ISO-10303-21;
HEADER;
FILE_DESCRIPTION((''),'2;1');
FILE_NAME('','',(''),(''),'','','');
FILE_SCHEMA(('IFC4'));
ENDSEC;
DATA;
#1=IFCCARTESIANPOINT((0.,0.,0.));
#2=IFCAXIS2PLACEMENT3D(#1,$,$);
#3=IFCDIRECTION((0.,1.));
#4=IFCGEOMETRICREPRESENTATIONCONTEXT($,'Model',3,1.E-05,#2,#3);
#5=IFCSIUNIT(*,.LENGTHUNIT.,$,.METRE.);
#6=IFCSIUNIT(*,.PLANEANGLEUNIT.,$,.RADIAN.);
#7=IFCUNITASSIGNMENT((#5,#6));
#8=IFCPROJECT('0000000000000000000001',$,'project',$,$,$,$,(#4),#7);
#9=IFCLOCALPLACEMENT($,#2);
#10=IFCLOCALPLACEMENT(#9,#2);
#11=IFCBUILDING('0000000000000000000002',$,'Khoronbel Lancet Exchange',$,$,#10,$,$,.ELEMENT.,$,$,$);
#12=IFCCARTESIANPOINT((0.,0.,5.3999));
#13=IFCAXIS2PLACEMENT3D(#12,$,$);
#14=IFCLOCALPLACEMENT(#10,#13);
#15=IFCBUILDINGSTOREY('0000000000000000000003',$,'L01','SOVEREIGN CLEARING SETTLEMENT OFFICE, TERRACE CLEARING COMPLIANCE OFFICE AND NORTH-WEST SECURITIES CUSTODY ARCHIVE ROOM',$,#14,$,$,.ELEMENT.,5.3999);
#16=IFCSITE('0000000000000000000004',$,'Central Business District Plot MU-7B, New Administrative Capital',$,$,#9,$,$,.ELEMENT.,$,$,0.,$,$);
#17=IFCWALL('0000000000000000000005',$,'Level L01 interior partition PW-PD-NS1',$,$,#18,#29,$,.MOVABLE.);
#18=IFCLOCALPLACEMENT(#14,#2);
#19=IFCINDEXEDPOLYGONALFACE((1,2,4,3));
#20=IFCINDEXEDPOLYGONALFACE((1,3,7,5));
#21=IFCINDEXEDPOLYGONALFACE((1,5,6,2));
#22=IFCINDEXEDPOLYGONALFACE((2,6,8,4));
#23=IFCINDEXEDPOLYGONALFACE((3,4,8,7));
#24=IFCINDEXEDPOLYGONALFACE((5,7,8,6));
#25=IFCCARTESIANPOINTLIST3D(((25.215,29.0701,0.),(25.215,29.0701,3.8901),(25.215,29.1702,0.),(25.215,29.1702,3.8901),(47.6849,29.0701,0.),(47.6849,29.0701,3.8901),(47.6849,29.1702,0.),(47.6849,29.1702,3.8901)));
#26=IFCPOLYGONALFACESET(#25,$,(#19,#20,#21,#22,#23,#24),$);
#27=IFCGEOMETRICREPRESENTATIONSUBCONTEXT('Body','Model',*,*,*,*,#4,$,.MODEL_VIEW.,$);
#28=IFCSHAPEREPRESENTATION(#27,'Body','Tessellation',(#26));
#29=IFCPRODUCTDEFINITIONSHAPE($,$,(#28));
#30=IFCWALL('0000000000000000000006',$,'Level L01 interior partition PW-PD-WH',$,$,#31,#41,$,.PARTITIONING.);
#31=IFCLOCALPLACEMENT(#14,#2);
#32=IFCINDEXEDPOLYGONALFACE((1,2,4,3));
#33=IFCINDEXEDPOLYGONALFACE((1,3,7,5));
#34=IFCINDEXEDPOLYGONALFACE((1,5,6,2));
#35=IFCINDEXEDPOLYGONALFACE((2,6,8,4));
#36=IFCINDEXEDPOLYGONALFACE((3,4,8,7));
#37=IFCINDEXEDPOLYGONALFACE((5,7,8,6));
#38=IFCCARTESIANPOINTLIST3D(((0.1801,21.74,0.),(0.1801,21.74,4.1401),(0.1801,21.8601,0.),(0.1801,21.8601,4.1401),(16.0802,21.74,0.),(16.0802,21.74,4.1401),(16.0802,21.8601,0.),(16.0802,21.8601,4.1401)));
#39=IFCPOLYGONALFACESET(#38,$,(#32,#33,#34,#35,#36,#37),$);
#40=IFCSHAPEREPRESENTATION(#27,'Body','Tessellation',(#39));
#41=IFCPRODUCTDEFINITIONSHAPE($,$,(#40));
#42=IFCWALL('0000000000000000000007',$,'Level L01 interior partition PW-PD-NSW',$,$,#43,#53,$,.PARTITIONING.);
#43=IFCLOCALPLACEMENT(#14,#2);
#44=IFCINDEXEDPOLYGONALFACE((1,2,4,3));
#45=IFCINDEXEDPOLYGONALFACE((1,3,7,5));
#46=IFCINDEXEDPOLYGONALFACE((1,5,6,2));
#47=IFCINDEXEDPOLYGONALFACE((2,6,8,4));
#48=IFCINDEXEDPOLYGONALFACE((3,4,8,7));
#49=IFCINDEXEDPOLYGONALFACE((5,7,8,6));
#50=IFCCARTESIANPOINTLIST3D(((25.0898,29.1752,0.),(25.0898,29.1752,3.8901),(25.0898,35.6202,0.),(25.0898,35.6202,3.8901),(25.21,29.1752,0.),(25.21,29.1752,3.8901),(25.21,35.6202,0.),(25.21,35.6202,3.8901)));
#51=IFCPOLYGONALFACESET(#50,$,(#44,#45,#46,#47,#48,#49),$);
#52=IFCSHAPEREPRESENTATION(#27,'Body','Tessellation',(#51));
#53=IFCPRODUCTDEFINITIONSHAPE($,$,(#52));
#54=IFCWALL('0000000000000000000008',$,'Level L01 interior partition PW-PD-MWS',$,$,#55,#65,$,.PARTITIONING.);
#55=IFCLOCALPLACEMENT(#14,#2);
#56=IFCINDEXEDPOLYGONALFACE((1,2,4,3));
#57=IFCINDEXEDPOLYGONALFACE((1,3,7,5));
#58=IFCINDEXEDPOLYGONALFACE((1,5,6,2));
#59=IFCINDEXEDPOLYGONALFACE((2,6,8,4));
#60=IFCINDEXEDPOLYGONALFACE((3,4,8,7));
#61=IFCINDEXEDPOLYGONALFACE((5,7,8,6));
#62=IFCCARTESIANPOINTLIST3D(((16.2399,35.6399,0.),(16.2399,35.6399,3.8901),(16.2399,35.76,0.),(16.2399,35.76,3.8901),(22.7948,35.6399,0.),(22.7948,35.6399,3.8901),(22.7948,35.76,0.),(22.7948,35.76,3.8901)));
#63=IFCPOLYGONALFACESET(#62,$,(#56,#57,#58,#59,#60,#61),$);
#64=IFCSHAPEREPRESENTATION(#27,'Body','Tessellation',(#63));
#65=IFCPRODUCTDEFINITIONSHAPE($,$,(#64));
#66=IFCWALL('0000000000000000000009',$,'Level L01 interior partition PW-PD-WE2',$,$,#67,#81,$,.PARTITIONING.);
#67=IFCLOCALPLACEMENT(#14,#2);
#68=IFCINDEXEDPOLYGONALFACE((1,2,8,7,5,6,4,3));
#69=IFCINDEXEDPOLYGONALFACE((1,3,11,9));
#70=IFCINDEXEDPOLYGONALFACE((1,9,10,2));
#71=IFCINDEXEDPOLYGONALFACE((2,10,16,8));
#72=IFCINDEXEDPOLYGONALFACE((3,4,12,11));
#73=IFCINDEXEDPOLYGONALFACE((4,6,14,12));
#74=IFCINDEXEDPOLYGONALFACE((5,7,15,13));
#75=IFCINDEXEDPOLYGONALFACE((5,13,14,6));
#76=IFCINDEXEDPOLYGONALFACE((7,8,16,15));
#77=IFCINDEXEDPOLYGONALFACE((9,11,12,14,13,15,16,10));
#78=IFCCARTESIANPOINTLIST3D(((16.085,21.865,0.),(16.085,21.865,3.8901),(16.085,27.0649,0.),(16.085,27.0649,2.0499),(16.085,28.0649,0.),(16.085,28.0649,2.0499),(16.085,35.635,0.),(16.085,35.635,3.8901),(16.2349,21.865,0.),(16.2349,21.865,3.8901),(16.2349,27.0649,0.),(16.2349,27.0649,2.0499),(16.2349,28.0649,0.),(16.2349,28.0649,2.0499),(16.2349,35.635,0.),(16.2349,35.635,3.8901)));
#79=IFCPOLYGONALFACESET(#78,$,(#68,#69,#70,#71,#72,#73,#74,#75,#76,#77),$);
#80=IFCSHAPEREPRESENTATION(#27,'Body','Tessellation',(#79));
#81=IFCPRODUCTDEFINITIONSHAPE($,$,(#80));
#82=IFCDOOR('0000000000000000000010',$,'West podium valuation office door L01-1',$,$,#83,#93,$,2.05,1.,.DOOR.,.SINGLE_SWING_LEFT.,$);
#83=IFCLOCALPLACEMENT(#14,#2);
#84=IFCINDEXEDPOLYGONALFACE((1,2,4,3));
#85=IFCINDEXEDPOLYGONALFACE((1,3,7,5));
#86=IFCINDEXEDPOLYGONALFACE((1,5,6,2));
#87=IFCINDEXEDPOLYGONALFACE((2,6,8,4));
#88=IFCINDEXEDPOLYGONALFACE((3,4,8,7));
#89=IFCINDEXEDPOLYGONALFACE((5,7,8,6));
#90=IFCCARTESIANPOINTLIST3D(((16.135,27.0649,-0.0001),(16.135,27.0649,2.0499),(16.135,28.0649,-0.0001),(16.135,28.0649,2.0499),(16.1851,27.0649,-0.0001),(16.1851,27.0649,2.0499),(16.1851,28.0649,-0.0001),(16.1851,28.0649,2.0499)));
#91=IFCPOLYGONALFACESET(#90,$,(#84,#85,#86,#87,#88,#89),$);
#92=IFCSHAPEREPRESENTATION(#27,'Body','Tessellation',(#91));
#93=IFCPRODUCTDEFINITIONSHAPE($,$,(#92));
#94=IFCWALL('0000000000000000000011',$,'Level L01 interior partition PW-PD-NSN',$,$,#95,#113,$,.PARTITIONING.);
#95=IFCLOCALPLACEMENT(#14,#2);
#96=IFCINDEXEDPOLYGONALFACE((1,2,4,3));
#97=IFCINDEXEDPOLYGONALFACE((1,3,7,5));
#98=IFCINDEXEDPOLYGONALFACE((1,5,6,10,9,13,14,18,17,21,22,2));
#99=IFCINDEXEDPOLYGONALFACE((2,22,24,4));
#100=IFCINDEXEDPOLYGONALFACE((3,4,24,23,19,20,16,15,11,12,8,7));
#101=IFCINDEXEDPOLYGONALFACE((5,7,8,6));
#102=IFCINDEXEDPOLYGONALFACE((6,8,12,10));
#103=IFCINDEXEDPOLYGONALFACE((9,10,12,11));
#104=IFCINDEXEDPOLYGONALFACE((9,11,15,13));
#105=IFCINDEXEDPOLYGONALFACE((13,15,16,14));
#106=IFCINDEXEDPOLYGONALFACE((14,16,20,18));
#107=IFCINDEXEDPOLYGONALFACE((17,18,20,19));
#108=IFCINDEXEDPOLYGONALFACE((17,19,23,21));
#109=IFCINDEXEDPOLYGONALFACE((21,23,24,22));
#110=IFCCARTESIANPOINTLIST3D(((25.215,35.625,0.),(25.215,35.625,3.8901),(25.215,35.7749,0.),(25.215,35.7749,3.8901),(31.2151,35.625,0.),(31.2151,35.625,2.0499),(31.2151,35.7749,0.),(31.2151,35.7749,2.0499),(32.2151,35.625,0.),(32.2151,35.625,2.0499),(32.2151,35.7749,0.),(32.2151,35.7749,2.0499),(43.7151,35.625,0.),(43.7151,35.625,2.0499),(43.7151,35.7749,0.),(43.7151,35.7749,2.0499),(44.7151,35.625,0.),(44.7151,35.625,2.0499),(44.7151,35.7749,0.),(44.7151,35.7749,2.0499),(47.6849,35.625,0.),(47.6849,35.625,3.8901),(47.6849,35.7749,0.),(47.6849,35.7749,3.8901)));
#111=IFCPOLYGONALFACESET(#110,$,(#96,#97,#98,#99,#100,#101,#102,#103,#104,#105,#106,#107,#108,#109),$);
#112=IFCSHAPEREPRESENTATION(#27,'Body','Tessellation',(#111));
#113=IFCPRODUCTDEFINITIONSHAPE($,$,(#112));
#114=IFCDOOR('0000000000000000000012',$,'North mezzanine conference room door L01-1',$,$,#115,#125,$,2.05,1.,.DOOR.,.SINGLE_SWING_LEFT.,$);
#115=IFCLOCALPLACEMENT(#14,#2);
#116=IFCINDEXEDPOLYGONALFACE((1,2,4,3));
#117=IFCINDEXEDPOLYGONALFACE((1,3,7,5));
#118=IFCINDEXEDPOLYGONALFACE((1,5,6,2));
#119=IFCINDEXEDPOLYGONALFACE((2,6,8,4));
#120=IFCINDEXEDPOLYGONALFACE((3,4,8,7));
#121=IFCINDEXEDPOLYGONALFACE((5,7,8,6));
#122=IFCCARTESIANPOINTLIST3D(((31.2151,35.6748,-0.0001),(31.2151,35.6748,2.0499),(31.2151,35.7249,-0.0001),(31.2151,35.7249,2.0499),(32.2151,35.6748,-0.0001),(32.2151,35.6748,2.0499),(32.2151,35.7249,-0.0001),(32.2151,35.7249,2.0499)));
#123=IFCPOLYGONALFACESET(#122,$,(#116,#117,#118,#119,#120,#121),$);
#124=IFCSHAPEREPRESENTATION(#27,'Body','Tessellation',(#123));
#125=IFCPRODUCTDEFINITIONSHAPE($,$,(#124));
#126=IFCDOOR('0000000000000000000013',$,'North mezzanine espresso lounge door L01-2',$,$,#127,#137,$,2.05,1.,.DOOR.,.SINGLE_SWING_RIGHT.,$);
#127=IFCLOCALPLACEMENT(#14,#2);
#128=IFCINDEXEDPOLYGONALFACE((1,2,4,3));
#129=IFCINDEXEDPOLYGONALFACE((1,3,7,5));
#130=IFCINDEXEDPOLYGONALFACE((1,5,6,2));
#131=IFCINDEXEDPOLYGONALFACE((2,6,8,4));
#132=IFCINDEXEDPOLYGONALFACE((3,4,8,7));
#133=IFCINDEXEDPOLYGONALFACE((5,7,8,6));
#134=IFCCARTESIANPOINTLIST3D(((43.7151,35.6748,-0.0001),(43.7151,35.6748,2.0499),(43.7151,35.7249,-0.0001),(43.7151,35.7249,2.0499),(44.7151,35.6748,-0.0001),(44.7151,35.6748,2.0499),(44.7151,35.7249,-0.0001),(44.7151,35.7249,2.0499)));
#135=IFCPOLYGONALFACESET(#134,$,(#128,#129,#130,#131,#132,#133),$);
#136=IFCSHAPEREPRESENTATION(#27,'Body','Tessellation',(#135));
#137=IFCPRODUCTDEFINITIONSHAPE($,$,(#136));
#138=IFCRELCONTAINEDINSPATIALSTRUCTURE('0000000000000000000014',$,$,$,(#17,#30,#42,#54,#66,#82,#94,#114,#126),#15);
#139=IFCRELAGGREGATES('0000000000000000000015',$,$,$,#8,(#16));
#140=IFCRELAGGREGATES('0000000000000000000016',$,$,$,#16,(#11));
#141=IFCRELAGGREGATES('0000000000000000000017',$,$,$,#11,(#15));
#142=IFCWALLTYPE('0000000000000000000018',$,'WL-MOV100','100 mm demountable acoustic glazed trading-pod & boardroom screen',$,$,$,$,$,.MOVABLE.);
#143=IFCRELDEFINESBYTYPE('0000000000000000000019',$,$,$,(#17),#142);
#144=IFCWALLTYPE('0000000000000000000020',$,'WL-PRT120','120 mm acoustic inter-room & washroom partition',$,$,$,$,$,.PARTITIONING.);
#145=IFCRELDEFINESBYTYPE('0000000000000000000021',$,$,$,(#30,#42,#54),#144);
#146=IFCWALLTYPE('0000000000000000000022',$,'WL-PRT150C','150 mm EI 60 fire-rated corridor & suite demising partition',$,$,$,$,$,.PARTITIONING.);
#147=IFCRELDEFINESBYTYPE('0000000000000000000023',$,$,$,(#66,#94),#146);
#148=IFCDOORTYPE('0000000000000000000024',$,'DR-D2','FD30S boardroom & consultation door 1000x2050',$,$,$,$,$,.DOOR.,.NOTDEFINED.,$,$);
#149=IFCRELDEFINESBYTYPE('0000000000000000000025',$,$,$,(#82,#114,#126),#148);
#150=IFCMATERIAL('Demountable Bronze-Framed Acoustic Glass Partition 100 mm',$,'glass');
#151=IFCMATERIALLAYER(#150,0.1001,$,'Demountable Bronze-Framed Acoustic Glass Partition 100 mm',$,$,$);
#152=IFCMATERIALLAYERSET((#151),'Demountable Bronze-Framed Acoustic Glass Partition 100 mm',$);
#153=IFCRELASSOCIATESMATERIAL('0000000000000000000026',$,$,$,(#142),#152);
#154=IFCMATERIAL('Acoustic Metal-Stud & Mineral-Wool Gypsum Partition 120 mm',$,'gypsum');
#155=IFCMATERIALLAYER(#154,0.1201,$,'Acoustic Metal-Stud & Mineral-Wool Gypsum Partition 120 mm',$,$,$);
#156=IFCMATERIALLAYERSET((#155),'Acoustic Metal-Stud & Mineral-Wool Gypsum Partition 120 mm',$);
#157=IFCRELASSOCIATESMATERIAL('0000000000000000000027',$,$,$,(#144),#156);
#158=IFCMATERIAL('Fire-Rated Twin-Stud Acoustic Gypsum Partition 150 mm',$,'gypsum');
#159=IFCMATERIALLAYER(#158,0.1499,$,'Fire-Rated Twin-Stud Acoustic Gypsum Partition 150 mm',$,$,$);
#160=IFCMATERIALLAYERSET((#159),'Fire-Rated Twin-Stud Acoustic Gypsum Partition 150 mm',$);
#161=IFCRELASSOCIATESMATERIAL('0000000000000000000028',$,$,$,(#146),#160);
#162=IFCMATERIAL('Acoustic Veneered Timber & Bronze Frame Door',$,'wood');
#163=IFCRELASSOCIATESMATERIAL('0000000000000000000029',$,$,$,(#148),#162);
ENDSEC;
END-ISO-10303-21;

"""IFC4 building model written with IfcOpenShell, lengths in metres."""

from ifc_helpers import new_model, si_unit, direction, frame, frame_2d, origin, place, context, subcontext, project, spatial, rectangle, extrude, material, layer, layer_set, type_object, element, fill, save


model = new_model("IFC4")

# Units and contexts
model_context = context("Model", 3, precision=1e-05, world=origin(), true_north=direction((0.0, 1.0)))
body_context = subcontext(model_context, "Body", "Model", "MODEL_VIEW")
ifc_project = project(units=[si_unit("LENGTHUNIT", "METRE"), si_unit("PLANEANGLEUNIT", "RADIAN")], contexts=[model_context])

# Site, building, storey
site_placement = place(None, origin())
site = spatial("IfcSite", under=ifc_project, at=site_placement, Name="Central Business District Plot MU-7B, New Administrative Capital", CompositionType="ELEMENT", RefElevation=0.0)
building_placement = place(site_placement, origin())
building = spatial("IfcBuilding", under=site, at=building_placement, Name="Khoronbel Lancet Exchange", CompositionType="ELEMENT")
storey_placement = place(building_placement, frame((0.0, 0.0, 5.3999)))
storey = spatial("IfcBuildingStorey", under=building, at=storey_placement, Name="L01", Description="SOVEREIGN CLEARING SETTLEMENT OFFICE, TERRACE CLEARING COMPLIANCE OFFICE AND NORTH-WEST SECURITIES CUSTODY ARCHIVE ROOM", CompositionType="ELEMENT", Elevation=5.3999)

# Walls
ifc_material_1 = material(Name="Demountable Bronze-Framed Acoustic Glass Partition 100 mm", Category="glass")
ifc_layer_1 = layer(ifc_material_1, 0.1001, Name="Demountable Bronze-Framed Acoustic Glass Partition 100 mm")
ifc_layer_set_1 = layer_set([ifc_layer_1], Name="Demountable Bronze-Framed Acoustic Glass Partition 100 mm")
wall_type_1 = type_object("IfcWallType", Name="WL-MOV100", Description="100 mm demountable acoustic glazed trading-pod & boardroom screen", PredefinedType="MOVABLE", material=ifc_layer_set_1)
wall_1_placement = place(storey_placement, frame((25.2151, 29.1201, 0.0), z_axis=(0.0, 0.0, 1.0), x_axis=(1.0, 0.0, 0.0)))
element("IfcWall", 1, at=wall_1_placement, inside=storey, type_object=wall_type_1, Name="Level L01 interior partition PW-PD-NS1", PredefinedType="MOVABLE", context=body_context, shape_type="SweptSolid", body=[
    extrude(rectangle(XDim=22.47, YDim=0.1001, at=frame_2d((11.2349, 0.0))), origin(), (0.0, 0.0, 1.0), 3.8901),
])
ifc_material_2 = material(Name="Acoustic Metal-Stud & Mineral-Wool Gypsum Partition 120 mm", Category="gypsum")
ifc_layer_2 = layer(ifc_material_2, 0.1201, Name="Acoustic Metal-Stud & Mineral-Wool Gypsum Partition 120 mm")
ifc_layer_set_2 = layer_set([ifc_layer_2], Name="Acoustic Metal-Stud & Mineral-Wool Gypsum Partition 120 mm")
wall_type_2 = type_object("IfcWallType", Name="WL-PRT120", Description="120 mm acoustic inter-room & washroom partition", PredefinedType="PARTITIONING", material=ifc_layer_set_2)
wall_2_placement = place(storey_placement, frame((0.1799, 21.8, 0.0), z_axis=(0.0, 0.0, 1.0), x_axis=(1.0, 0.0, 0.0)))
element("IfcWall", 2, at=wall_2_placement, inside=storey, type_object=wall_type_2, Name="Level L01 interior partition PW-PD-WH", PredefinedType="PARTITIONING", context=body_context, shape_type="SweptSolid", body=[
    extrude(rectangle(XDim=15.9001, YDim=0.1201, at=frame_2d((7.9502, 0.0))), origin(), (0.0, 0.0, 1.0), 4.1401),
])
wall_3_placement = place(storey_placement, frame((25.1499, 29.175, 0.0), z_axis=(0.0, 0.0, 1.0), x_axis=(0.0, 1.0, 0.0)))
element("IfcWall", 3, at=wall_3_placement, inside=storey, type_object=wall_type_2, Name="Level L01 interior partition PW-PD-NSW", PredefinedType="PARTITIONING", context=body_context, shape_type="SweptSolid", body=[
    extrude(rectangle(XDim=6.4451, YDim=0.1201, at=frame_2d((3.2227, 0.0))), origin(), (0.0, 0.0, 1.0), 3.8901),
])
wall_4_placement = place(storey_placement, frame((16.24, 35.7, 0.0), z_axis=(0.0, 0.0, 1.0), x_axis=(1.0, 0.0, 0.0)))
element("IfcWall", 4, at=wall_4_placement, inside=storey, type_object=wall_type_2, Name="Level L01 interior partition PW-PD-MWS", PredefinedType="PARTITIONING", context=body_context, shape_type="SweptSolid", body=[
    extrude(rectangle(XDim=6.5549, YDim=0.1201, at=frame_2d((3.2773, 0.0))), origin(), (0.0, 0.0, 1.0), 3.8901),
])

# Wall, opening, door
ifc_material_3 = material(Name="Fire-Rated Twin-Stud Acoustic Gypsum Partition 150 mm", Category="gypsum")
ifc_layer_3 = layer(ifc_material_3, 0.1499, Name="Fire-Rated Twin-Stud Acoustic Gypsum Partition 150 mm")
ifc_layer_set_3 = layer_set([ifc_layer_3], Name="Fire-Rated Twin-Stud Acoustic Gypsum Partition 150 mm")
wall_type_3 = type_object("IfcWallType", Name="WL-PRT150C", Description="150 mm EI 60 fire-rated corridor & suite demising partition", PredefinedType="PARTITIONING", material=ifc_layer_set_3)
wall_5_placement = place(storey_placement, frame((16.1599, 21.865, 0.0), z_axis=(0.0, 0.0, 1.0), x_axis=(0.0, 1.0, 0.0)))
wall_5 = element("IfcWall", 5, at=wall_5_placement, inside=storey, type_object=wall_type_3, Name="Level L01 interior partition PW-PD-WE2", PredefinedType="PARTITIONING", context=body_context, shape_type="SweptSolid", body=[
    extrude(rectangle(XDim=13.77, YDim=0.1499, at=frame_2d((6.885, 0.0))), origin(), (0.0, 0.0, 1.0), 3.8901),
])
opening_1_placement = place(wall_5_placement, frame((5.2, 0.0, 0.0)))
opening_1 = element("IfcOpeningElement", 6, at=opening_1_placement, cuts=wall_5, PredefinedType="OPENING", context=body_context, shape_type="SweptSolid", body=[
    extrude(rectangle(XDim=1.0, YDim=2.05, at=frame_2d((0.5, 1.0249))), frame((0.0, 0.085, 0.0), z_axis=(0.0, -1.0, 0.0), x_axis=(1.0, 0.0, 0.0)), (0.0, 0.0, 1.0), 0.1699),
])
ifc_material_4 = material(Name="Acoustic Veneered Timber & Bronze Frame Door", Category="wood")
door_type = type_object("IfcDoorType", Name="DR-D2", Description="FD30S boardroom & consultation door 1000x2050", OperationType="NOTDEFINED", PredefinedType="DOOR", material=ifc_material_4)
door_1_placement = place(opening_1_placement, origin())
door_1 = element("IfcDoor", 7, at=door_1_placement, inside=storey, type_object=door_type, Name="West podium valuation office door L01-1", OperationType="SINGLE_SWING_LEFT", OverallHeight=2.05, OverallWidth=1.0, PredefinedType="DOOR", context=body_context, shape_type="SweptSolid", body=[
    extrude(rectangle(XDim=1.0, YDim=2.05, at=frame_2d((0.5, 1.0249))), frame((0.0, 0.0249, 0.0), z_axis=(0.0, -1.0, 0.0), x_axis=(1.0, 0.0, 0.0)), (0.0, 0.0, 1.0), 0.05),
])
fill(opening_1, door_1)

# Wall, openings, doors
wall_6_placement = place(storey_placement, frame((25.2151, 35.7, 0.0), z_axis=(0.0, 0.0, 1.0), x_axis=(1.0, 0.0, 0.0)))
wall_6 = element("IfcWall", 8, at=wall_6_placement, inside=storey, type_object=wall_type_3, Name="Level L01 interior partition PW-PD-NSN", PredefinedType="PARTITIONING", context=body_context, shape_type="SweptSolid", body=[
    extrude(rectangle(XDim=22.47, YDim=0.1499, at=frame_2d((11.2349, 0.0))), origin(), (0.0, 0.0, 1.0), 3.8901),
])
opening_2_placement = place(wall_6_placement, frame((6.0, 0.0, 0.0)))
opening_2 = element("IfcOpeningElement", 9, at=opening_2_placement, cuts=wall_6, PredefinedType="OPENING", context=body_context, shape_type="SweptSolid", body=[
    extrude(rectangle(XDim=1.0, YDim=2.05, at=frame_2d((0.5, 1.0249))), frame((0.0, 0.085, 0.0), z_axis=(0.0, -1.0, 0.0), x_axis=(1.0, 0.0, 0.0)), (0.0, 0.0, 1.0), 0.1699),
])
opening_3_placement = place(wall_6_placement, frame((18.5, 0.0, 0.0)))
opening_3 = element("IfcOpeningElement", 10, at=opening_3_placement, cuts=wall_6, PredefinedType="OPENING", context=body_context, shape_type="SweptSolid", body=[
    extrude(rectangle(XDim=1.0, YDim=2.05, at=frame_2d((0.5, 1.0249))), frame((0.0, 0.085, 0.0), z_axis=(0.0, -1.0, 0.0), x_axis=(1.0, 0.0, 0.0)), (0.0, 0.0, 1.0), 0.1699),
])
door_2_placement = place(opening_2_placement, origin())
door_2 = element("IfcDoor", 11, at=door_2_placement, inside=storey, type_object=door_type, Name="North mezzanine conference room door L01-1", OperationType="SINGLE_SWING_LEFT", OverallHeight=2.05, OverallWidth=1.0, PredefinedType="DOOR", context=body_context, shape_type="SweptSolid", body=[
    extrude(rectangle(XDim=1.0, YDim=2.05, at=frame_2d((0.5, 1.0249))), frame((0.0, 0.0249, 0.0), z_axis=(0.0, -1.0, 0.0), x_axis=(1.0, 0.0, 0.0)), (0.0, 0.0, 1.0), 0.05),
])
fill(opening_2, door_2)
door_3_placement = place(opening_3_placement, origin())
door_3 = element("IfcDoor", 12, at=door_3_placement, inside=storey, type_object=door_type, Name="North mezzanine espresso lounge door L01-2", OperationType="SINGLE_SWING_RIGHT", OverallHeight=2.05, OverallWidth=1.0, PredefinedType="DOOR", context=body_context, shape_type="SweptSolid", body=[
    extrude(rectangle(XDim=1.0, YDim=2.05, at=frame_2d((0.5, 1.0249))), frame((0.0, 0.0249, 0.0), z_axis=(0.0, -1.0, 0.0), x_axis=(1.0, 0.0, 0.0)), (0.0, 0.0, 1.0), 0.05),
])
fill(opening_3, door_3)

save(model, "model.ifc")
